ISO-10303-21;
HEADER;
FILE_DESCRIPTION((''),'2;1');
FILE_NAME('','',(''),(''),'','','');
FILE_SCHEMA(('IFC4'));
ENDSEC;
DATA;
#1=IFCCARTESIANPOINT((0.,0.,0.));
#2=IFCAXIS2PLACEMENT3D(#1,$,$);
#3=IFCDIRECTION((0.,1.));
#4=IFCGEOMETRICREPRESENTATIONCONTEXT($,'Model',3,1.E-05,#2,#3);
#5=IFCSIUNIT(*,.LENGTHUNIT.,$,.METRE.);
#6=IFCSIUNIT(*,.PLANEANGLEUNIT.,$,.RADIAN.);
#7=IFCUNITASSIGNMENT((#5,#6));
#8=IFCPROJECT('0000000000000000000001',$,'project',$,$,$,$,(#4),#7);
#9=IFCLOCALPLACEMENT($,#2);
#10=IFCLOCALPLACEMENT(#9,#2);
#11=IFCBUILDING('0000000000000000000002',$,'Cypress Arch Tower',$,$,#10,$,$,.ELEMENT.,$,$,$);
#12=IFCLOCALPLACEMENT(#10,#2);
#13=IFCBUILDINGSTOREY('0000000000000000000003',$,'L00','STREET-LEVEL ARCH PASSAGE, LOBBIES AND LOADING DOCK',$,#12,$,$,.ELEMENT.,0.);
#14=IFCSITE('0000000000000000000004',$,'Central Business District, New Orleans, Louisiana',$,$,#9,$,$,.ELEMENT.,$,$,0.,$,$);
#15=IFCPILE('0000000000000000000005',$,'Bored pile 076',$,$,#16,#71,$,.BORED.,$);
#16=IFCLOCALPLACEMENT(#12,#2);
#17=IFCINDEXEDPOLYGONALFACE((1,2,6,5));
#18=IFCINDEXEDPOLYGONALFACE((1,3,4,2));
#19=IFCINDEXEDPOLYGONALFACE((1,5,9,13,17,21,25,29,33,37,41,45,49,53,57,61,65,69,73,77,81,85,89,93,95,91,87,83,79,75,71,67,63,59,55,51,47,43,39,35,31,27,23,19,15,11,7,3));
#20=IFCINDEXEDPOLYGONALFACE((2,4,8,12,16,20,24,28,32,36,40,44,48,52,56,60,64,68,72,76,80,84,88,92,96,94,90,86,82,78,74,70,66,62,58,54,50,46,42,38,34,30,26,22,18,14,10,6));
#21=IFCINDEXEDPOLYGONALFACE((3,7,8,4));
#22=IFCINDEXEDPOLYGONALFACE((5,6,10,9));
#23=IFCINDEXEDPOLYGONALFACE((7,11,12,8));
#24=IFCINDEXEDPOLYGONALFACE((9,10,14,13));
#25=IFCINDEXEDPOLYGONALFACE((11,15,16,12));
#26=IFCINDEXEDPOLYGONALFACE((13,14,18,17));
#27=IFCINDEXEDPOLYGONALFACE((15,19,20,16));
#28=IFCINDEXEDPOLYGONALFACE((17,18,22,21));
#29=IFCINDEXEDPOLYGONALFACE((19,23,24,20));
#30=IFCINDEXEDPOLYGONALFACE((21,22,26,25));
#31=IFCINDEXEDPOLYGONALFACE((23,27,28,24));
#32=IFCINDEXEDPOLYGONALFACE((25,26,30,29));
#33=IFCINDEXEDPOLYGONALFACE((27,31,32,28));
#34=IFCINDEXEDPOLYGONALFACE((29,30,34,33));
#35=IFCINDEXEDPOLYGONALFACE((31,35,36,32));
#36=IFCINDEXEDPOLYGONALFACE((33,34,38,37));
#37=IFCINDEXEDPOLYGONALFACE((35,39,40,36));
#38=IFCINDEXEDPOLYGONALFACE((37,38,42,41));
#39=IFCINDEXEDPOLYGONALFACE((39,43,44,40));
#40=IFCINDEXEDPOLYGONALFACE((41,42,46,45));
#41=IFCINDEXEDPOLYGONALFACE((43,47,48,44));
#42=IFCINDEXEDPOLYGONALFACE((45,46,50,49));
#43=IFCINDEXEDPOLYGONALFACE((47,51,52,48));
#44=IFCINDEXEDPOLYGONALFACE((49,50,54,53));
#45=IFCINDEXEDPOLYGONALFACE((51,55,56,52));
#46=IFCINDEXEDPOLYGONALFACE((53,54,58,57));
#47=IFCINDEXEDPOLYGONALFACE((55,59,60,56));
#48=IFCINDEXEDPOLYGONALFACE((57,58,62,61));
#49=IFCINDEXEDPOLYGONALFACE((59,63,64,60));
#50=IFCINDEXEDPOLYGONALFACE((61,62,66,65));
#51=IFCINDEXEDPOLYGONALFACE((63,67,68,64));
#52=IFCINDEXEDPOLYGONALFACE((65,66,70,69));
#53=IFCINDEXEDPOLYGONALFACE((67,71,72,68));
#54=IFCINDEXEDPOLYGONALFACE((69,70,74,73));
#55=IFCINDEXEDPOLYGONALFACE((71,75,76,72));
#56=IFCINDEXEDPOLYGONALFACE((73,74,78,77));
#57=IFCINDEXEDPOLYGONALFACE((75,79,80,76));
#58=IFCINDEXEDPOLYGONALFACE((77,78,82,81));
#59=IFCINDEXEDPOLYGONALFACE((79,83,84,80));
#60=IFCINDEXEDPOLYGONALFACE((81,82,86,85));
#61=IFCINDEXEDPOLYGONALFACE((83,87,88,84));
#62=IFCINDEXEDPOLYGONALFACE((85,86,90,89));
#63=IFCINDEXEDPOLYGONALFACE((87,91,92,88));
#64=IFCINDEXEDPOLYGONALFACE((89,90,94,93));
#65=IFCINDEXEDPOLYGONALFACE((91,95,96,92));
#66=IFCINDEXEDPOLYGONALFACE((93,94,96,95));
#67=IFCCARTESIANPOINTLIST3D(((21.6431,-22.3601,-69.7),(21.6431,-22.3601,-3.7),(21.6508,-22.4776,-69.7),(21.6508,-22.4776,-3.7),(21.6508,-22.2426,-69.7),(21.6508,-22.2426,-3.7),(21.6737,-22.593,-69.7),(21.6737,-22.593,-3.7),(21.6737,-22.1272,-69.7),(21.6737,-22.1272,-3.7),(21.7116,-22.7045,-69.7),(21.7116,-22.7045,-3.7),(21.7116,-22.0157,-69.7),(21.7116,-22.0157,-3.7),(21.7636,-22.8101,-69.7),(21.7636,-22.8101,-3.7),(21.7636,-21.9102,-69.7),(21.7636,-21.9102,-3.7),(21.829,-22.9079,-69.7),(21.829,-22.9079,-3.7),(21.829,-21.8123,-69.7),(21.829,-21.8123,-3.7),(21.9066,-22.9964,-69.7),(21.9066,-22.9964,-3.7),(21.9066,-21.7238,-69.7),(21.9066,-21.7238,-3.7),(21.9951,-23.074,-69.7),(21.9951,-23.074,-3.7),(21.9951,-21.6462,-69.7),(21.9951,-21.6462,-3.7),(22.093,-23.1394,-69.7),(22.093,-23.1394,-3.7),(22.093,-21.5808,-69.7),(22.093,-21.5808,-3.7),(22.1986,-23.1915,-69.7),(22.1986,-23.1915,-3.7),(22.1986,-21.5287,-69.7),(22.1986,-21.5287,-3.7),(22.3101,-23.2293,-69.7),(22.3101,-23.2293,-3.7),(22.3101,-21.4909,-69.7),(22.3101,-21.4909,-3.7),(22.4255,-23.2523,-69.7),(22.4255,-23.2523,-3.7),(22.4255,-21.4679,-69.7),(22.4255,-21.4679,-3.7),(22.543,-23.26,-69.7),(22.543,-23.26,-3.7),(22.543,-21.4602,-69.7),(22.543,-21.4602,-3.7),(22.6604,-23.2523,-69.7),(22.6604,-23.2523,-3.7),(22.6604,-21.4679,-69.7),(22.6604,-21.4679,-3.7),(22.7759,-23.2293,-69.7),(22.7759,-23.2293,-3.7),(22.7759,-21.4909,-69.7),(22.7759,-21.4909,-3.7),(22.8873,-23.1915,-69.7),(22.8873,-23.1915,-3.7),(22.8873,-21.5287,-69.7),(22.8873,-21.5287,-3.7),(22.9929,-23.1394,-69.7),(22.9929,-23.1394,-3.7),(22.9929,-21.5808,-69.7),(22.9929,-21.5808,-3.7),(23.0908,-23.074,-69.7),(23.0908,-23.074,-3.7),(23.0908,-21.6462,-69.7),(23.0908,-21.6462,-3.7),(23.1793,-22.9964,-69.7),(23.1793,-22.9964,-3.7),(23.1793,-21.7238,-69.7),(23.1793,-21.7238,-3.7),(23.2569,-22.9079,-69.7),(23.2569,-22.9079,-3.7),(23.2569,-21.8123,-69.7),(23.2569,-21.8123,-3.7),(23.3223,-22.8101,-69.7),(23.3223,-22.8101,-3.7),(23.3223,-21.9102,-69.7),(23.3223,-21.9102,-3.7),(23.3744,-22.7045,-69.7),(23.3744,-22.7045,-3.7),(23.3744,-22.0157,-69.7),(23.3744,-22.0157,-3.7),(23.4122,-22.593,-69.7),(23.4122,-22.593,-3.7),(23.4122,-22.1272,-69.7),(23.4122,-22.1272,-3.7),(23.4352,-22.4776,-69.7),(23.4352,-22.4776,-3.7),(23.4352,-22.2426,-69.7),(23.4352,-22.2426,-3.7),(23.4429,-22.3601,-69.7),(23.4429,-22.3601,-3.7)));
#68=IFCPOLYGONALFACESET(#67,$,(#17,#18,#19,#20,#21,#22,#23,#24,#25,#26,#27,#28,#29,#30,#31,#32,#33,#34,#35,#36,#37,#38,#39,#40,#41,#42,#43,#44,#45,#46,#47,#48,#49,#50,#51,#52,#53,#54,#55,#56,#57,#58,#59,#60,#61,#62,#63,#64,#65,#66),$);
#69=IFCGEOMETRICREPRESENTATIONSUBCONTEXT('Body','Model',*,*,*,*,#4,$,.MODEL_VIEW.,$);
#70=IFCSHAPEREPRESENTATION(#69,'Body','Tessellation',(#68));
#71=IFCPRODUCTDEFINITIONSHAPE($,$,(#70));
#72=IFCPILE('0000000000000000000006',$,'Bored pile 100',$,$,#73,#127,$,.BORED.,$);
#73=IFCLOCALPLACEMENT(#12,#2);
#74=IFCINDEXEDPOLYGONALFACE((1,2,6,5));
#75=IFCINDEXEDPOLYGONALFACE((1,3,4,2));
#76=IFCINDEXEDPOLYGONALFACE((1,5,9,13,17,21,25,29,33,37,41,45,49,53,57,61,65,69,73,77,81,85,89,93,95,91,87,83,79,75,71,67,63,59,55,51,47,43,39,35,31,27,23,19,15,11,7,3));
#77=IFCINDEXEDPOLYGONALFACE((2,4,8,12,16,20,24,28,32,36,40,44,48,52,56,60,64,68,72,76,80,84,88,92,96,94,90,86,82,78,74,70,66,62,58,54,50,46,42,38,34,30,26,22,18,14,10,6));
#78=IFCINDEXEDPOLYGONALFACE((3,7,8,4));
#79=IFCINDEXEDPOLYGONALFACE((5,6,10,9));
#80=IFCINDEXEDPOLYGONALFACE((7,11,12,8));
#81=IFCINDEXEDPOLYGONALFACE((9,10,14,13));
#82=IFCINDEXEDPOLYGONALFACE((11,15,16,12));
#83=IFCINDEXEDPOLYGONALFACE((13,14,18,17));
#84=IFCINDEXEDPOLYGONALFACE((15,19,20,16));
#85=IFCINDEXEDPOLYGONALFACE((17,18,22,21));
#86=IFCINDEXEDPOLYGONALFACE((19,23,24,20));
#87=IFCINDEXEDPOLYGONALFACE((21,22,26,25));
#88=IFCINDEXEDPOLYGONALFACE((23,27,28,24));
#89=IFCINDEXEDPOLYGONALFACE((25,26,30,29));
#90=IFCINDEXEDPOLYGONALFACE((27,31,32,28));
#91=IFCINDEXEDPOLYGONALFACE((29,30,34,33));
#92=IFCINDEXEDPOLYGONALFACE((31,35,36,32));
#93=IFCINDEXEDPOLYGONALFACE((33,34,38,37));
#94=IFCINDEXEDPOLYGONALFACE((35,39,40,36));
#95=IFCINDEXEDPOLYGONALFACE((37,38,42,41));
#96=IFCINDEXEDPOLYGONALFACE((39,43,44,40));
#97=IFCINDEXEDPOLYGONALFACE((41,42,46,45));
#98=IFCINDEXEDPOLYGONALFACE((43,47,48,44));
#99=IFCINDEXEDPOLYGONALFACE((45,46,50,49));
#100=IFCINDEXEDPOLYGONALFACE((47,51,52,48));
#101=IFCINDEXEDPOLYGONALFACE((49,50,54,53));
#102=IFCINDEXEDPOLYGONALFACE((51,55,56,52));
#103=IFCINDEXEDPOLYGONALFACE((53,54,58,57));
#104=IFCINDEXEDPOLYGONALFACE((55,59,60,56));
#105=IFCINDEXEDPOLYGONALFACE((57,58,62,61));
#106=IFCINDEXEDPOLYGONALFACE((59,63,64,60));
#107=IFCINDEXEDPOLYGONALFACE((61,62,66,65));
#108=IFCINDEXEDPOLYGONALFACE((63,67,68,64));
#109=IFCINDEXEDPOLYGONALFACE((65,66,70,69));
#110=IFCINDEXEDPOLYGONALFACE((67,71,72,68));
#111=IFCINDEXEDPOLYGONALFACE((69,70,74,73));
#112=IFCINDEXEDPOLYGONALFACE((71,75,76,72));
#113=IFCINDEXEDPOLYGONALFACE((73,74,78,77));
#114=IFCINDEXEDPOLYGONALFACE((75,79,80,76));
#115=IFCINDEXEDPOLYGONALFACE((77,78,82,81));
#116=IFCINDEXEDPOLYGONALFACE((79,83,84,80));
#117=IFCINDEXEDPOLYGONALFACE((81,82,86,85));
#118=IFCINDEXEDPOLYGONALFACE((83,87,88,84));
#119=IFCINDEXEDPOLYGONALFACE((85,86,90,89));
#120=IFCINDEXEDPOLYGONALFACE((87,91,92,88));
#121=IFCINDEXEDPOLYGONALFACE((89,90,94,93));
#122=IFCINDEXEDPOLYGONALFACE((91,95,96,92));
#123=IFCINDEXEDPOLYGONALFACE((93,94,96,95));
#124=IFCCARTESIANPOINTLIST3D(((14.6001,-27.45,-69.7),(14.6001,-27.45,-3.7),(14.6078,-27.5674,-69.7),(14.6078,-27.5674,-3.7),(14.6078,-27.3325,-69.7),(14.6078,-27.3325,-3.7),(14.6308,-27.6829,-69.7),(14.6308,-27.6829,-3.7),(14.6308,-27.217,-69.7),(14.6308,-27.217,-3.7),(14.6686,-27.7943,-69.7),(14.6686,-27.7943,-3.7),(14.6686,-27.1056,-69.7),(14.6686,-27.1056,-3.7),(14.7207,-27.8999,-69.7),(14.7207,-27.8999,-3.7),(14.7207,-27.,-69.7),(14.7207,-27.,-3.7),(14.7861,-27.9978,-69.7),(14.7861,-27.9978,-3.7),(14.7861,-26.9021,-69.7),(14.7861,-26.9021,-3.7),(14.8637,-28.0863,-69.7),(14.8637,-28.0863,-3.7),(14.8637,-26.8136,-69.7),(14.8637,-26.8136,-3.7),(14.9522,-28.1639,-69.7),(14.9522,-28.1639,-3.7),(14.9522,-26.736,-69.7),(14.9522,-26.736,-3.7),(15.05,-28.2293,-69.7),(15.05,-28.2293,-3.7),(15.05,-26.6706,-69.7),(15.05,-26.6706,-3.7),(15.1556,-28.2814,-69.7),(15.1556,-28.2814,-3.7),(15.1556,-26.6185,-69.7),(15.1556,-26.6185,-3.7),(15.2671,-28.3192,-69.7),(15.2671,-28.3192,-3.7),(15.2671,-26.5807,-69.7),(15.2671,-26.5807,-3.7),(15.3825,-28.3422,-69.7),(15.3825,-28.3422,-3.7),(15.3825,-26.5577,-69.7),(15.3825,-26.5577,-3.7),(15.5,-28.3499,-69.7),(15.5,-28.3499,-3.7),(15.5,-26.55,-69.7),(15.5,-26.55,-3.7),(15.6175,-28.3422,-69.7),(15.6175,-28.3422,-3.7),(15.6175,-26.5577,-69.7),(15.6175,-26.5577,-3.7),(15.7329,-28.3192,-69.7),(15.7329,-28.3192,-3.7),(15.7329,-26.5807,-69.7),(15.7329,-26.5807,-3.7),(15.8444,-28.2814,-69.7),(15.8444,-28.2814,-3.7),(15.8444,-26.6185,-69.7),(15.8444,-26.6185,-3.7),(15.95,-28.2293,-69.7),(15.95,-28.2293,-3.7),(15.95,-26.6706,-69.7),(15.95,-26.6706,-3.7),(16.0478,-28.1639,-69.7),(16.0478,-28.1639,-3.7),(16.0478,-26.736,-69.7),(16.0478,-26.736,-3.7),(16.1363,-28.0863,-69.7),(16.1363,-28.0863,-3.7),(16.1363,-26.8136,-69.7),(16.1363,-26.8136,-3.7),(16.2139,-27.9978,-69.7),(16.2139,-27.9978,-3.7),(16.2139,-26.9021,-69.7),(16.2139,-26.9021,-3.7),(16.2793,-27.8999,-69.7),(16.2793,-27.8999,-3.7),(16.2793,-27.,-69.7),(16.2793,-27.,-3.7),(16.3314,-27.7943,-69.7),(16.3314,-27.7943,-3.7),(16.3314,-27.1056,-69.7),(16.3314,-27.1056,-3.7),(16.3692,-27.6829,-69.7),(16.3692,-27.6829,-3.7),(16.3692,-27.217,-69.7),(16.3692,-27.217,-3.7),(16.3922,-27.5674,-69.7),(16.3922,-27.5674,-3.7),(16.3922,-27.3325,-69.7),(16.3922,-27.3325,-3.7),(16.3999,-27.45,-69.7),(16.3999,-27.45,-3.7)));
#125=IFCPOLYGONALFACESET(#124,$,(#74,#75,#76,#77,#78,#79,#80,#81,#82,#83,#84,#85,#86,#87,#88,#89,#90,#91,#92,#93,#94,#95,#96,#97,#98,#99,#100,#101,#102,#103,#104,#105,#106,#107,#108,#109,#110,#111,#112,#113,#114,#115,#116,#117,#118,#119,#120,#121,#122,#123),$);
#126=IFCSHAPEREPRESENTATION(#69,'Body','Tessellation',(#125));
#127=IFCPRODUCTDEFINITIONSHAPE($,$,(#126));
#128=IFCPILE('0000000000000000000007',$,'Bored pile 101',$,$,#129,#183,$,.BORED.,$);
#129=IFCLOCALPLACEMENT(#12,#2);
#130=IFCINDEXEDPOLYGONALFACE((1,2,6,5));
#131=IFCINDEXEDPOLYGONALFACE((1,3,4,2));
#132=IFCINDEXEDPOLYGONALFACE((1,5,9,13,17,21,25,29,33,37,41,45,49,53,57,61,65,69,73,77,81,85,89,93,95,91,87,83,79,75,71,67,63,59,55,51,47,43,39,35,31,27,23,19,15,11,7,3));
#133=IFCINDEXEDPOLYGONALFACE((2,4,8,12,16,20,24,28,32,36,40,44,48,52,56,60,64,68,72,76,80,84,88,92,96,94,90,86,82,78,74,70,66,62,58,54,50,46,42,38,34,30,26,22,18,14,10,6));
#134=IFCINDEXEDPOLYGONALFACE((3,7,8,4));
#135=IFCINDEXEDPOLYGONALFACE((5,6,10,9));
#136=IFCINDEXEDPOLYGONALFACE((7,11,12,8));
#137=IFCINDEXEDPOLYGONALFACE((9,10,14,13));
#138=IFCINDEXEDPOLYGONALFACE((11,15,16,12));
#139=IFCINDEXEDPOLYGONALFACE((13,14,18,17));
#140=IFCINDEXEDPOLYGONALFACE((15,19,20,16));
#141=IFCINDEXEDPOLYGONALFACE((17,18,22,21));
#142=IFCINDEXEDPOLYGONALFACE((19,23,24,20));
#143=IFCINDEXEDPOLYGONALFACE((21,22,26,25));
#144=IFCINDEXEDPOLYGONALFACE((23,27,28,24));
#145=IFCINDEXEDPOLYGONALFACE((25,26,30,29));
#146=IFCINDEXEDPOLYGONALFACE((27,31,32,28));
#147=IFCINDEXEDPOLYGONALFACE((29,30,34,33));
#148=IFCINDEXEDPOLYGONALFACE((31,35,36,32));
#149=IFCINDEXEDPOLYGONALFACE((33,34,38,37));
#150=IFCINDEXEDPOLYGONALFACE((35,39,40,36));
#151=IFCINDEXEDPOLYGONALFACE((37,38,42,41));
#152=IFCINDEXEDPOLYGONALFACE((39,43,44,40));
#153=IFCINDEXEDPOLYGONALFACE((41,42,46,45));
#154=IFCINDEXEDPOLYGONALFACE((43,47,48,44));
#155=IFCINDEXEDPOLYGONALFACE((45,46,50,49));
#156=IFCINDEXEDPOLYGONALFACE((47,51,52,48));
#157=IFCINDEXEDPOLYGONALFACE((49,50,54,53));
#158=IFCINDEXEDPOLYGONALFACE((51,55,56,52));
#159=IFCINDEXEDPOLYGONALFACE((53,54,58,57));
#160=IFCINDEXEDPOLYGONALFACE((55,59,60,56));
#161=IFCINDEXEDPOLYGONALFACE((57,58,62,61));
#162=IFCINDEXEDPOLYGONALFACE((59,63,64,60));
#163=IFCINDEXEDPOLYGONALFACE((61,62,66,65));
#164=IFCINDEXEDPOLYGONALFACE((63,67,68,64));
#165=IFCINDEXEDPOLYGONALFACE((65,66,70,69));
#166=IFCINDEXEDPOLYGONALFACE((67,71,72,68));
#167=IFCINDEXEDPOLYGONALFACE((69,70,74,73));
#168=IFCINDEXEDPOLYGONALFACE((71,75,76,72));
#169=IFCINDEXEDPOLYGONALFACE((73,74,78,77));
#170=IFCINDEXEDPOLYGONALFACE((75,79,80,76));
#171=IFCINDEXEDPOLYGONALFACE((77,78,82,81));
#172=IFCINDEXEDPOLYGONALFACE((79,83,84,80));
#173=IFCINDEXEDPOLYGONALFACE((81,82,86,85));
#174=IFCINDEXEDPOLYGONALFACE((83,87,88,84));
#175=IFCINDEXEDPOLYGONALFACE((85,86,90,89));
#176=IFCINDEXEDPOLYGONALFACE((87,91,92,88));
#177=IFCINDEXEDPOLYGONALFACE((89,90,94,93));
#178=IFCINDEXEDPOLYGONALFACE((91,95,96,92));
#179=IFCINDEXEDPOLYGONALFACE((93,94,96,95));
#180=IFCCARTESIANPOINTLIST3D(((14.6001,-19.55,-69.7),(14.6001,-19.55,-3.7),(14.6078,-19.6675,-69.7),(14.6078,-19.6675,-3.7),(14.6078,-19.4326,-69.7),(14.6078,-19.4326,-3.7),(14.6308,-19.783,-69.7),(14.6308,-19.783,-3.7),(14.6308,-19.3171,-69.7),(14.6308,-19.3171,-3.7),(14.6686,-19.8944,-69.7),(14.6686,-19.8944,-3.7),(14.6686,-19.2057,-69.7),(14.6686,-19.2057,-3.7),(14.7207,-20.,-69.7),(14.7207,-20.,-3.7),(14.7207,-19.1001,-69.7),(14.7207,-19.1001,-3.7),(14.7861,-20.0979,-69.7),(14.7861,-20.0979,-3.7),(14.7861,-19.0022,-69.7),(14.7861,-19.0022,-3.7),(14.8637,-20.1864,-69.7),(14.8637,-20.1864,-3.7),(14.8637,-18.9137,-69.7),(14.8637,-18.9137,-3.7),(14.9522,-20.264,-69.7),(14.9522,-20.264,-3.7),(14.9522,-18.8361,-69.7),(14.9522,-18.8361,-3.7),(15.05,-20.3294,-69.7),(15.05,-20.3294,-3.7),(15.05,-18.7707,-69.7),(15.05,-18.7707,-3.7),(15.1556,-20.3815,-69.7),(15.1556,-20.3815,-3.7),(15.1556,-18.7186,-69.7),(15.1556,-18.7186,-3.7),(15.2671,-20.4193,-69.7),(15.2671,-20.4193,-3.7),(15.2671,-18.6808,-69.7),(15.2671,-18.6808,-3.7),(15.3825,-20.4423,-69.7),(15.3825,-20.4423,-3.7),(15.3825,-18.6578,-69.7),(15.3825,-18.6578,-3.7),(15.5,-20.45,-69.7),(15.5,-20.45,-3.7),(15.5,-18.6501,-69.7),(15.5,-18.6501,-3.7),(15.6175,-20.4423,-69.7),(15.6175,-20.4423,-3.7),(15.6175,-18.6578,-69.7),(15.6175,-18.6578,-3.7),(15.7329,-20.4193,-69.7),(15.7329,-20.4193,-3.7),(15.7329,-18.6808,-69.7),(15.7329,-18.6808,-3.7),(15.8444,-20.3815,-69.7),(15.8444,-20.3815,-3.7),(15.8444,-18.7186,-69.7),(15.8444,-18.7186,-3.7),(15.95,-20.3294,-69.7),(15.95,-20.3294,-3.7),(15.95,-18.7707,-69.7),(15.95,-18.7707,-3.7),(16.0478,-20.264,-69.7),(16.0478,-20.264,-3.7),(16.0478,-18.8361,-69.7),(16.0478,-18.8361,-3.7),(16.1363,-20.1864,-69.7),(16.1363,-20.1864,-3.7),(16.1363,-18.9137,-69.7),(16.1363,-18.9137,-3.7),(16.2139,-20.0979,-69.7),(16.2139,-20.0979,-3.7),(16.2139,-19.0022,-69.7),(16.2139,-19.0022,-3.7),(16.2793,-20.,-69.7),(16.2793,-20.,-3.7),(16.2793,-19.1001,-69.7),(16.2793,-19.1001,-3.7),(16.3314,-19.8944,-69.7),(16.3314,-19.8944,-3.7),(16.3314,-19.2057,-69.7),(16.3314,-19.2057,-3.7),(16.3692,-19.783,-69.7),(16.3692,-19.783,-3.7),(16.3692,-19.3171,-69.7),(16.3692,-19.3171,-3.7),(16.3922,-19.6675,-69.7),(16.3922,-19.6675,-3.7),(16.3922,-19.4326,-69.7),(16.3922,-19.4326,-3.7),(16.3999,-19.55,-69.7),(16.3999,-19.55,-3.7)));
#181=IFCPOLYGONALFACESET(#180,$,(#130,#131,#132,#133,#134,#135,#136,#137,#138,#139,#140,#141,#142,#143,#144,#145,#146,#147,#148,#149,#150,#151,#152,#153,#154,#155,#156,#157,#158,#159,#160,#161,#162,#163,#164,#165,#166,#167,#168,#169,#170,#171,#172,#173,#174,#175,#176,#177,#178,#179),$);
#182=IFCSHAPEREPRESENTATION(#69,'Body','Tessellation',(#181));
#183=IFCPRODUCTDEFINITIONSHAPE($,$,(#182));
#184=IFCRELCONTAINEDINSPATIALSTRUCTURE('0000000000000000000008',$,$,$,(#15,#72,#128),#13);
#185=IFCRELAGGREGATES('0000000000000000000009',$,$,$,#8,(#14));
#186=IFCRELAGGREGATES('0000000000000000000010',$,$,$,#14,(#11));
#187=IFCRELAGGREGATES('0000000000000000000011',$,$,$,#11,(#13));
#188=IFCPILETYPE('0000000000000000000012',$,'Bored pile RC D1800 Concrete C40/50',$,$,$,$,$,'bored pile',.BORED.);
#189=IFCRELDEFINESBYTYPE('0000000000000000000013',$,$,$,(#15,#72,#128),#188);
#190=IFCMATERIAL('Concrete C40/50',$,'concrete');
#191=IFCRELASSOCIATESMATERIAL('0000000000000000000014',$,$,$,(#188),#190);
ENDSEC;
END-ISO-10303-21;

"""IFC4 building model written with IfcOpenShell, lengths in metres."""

from ifc_helpers import new_model, si_unit, direction, frame, origin, origin_2d, place, context, subcontext, project, spatial, circle, extrude, material, material_profile, profile_set, type_object, element, save


model = new_model("IFC4")

# Units and contexts
model_context = context("Model", 3, precision=1e-05, world=origin(), true_north=direction((0.0, 1.0)))
body_context = subcontext(model_context, "Body", "Model", "MODEL_VIEW")
ifc_project = project(units=[si_unit("LENGTHUNIT", "METRE"), si_unit("PLANEANGLEUNIT", "RADIAN")], contexts=[model_context])

# Site, building, storey
site_placement = place(None, origin())
site = spatial("IfcSite", under=ifc_project, at=site_placement, Name="Central Business District, New Orleans, Louisiana", CompositionType="ELEMENT", RefElevation=0.0)
building_placement = place(site_placement, origin())
building = spatial("IfcBuilding", under=site, at=building_placement, Name="Cypress Arch Tower", CompositionType="ELEMENT")
storey_placement = place(building_placement, origin())
storey = spatial("IfcBuildingStorey", under=building, at=storey_placement, Name="L00", Description="STREET-LEVEL ARCH PASSAGE, LOBBIES AND LOADING DOCK", CompositionType="ELEMENT", Elevation=0.0)

# Piles
ifc_material_1 = material(Name="Concrete C40/50", Category="concrete")
ifc_material_profile_1 = material_profile(ifc_material_1, circle(Radius=0.8999, at=origin_2d()), Name="RC D1800")
ifc_profile_set_1 = profile_set([ifc_material_profile_1], Name="Concrete C40/50")
pile_type = type_object("IfcPileType", Name="Bored pile RC D1800 Concrete C40/50", ElementType="bored pile", PredefinedType="BORED", material=ifc_profile_set_1)
for number, where, z_axis, x_axis, name in (
    (1, (22.543, -22.3601, -3.7), (0.0, 0.0, -1.0), (1.0, 0.0, 0.0), "Bored pile 076"),
    (2, (15.5, -27.45, -3.7), (0.0, 0.0, -1.0), (1.0, 0.0, 0.0), "Bored pile 100"),
    (3, (15.5, -19.55, -3.7), (0.0, 0.0, -1.0), (1.0, 0.0, 0.0), "Bored pile 101"),
):
    element("IfcPile", number, at=place(storey_placement, frame(where, z_axis=z_axis, x_axis=x_axis)), inside=storey, type_object=pile_type, Name=name, PredefinedType="BORED", context=body_context, shape_type="SweptSolid", body=[
        extrude(circle(Radius=0.8999, at=origin_2d()), origin(), (0.0, 0.0, 1.0), 66.0),
    ])

save(model, "model.ifc")
